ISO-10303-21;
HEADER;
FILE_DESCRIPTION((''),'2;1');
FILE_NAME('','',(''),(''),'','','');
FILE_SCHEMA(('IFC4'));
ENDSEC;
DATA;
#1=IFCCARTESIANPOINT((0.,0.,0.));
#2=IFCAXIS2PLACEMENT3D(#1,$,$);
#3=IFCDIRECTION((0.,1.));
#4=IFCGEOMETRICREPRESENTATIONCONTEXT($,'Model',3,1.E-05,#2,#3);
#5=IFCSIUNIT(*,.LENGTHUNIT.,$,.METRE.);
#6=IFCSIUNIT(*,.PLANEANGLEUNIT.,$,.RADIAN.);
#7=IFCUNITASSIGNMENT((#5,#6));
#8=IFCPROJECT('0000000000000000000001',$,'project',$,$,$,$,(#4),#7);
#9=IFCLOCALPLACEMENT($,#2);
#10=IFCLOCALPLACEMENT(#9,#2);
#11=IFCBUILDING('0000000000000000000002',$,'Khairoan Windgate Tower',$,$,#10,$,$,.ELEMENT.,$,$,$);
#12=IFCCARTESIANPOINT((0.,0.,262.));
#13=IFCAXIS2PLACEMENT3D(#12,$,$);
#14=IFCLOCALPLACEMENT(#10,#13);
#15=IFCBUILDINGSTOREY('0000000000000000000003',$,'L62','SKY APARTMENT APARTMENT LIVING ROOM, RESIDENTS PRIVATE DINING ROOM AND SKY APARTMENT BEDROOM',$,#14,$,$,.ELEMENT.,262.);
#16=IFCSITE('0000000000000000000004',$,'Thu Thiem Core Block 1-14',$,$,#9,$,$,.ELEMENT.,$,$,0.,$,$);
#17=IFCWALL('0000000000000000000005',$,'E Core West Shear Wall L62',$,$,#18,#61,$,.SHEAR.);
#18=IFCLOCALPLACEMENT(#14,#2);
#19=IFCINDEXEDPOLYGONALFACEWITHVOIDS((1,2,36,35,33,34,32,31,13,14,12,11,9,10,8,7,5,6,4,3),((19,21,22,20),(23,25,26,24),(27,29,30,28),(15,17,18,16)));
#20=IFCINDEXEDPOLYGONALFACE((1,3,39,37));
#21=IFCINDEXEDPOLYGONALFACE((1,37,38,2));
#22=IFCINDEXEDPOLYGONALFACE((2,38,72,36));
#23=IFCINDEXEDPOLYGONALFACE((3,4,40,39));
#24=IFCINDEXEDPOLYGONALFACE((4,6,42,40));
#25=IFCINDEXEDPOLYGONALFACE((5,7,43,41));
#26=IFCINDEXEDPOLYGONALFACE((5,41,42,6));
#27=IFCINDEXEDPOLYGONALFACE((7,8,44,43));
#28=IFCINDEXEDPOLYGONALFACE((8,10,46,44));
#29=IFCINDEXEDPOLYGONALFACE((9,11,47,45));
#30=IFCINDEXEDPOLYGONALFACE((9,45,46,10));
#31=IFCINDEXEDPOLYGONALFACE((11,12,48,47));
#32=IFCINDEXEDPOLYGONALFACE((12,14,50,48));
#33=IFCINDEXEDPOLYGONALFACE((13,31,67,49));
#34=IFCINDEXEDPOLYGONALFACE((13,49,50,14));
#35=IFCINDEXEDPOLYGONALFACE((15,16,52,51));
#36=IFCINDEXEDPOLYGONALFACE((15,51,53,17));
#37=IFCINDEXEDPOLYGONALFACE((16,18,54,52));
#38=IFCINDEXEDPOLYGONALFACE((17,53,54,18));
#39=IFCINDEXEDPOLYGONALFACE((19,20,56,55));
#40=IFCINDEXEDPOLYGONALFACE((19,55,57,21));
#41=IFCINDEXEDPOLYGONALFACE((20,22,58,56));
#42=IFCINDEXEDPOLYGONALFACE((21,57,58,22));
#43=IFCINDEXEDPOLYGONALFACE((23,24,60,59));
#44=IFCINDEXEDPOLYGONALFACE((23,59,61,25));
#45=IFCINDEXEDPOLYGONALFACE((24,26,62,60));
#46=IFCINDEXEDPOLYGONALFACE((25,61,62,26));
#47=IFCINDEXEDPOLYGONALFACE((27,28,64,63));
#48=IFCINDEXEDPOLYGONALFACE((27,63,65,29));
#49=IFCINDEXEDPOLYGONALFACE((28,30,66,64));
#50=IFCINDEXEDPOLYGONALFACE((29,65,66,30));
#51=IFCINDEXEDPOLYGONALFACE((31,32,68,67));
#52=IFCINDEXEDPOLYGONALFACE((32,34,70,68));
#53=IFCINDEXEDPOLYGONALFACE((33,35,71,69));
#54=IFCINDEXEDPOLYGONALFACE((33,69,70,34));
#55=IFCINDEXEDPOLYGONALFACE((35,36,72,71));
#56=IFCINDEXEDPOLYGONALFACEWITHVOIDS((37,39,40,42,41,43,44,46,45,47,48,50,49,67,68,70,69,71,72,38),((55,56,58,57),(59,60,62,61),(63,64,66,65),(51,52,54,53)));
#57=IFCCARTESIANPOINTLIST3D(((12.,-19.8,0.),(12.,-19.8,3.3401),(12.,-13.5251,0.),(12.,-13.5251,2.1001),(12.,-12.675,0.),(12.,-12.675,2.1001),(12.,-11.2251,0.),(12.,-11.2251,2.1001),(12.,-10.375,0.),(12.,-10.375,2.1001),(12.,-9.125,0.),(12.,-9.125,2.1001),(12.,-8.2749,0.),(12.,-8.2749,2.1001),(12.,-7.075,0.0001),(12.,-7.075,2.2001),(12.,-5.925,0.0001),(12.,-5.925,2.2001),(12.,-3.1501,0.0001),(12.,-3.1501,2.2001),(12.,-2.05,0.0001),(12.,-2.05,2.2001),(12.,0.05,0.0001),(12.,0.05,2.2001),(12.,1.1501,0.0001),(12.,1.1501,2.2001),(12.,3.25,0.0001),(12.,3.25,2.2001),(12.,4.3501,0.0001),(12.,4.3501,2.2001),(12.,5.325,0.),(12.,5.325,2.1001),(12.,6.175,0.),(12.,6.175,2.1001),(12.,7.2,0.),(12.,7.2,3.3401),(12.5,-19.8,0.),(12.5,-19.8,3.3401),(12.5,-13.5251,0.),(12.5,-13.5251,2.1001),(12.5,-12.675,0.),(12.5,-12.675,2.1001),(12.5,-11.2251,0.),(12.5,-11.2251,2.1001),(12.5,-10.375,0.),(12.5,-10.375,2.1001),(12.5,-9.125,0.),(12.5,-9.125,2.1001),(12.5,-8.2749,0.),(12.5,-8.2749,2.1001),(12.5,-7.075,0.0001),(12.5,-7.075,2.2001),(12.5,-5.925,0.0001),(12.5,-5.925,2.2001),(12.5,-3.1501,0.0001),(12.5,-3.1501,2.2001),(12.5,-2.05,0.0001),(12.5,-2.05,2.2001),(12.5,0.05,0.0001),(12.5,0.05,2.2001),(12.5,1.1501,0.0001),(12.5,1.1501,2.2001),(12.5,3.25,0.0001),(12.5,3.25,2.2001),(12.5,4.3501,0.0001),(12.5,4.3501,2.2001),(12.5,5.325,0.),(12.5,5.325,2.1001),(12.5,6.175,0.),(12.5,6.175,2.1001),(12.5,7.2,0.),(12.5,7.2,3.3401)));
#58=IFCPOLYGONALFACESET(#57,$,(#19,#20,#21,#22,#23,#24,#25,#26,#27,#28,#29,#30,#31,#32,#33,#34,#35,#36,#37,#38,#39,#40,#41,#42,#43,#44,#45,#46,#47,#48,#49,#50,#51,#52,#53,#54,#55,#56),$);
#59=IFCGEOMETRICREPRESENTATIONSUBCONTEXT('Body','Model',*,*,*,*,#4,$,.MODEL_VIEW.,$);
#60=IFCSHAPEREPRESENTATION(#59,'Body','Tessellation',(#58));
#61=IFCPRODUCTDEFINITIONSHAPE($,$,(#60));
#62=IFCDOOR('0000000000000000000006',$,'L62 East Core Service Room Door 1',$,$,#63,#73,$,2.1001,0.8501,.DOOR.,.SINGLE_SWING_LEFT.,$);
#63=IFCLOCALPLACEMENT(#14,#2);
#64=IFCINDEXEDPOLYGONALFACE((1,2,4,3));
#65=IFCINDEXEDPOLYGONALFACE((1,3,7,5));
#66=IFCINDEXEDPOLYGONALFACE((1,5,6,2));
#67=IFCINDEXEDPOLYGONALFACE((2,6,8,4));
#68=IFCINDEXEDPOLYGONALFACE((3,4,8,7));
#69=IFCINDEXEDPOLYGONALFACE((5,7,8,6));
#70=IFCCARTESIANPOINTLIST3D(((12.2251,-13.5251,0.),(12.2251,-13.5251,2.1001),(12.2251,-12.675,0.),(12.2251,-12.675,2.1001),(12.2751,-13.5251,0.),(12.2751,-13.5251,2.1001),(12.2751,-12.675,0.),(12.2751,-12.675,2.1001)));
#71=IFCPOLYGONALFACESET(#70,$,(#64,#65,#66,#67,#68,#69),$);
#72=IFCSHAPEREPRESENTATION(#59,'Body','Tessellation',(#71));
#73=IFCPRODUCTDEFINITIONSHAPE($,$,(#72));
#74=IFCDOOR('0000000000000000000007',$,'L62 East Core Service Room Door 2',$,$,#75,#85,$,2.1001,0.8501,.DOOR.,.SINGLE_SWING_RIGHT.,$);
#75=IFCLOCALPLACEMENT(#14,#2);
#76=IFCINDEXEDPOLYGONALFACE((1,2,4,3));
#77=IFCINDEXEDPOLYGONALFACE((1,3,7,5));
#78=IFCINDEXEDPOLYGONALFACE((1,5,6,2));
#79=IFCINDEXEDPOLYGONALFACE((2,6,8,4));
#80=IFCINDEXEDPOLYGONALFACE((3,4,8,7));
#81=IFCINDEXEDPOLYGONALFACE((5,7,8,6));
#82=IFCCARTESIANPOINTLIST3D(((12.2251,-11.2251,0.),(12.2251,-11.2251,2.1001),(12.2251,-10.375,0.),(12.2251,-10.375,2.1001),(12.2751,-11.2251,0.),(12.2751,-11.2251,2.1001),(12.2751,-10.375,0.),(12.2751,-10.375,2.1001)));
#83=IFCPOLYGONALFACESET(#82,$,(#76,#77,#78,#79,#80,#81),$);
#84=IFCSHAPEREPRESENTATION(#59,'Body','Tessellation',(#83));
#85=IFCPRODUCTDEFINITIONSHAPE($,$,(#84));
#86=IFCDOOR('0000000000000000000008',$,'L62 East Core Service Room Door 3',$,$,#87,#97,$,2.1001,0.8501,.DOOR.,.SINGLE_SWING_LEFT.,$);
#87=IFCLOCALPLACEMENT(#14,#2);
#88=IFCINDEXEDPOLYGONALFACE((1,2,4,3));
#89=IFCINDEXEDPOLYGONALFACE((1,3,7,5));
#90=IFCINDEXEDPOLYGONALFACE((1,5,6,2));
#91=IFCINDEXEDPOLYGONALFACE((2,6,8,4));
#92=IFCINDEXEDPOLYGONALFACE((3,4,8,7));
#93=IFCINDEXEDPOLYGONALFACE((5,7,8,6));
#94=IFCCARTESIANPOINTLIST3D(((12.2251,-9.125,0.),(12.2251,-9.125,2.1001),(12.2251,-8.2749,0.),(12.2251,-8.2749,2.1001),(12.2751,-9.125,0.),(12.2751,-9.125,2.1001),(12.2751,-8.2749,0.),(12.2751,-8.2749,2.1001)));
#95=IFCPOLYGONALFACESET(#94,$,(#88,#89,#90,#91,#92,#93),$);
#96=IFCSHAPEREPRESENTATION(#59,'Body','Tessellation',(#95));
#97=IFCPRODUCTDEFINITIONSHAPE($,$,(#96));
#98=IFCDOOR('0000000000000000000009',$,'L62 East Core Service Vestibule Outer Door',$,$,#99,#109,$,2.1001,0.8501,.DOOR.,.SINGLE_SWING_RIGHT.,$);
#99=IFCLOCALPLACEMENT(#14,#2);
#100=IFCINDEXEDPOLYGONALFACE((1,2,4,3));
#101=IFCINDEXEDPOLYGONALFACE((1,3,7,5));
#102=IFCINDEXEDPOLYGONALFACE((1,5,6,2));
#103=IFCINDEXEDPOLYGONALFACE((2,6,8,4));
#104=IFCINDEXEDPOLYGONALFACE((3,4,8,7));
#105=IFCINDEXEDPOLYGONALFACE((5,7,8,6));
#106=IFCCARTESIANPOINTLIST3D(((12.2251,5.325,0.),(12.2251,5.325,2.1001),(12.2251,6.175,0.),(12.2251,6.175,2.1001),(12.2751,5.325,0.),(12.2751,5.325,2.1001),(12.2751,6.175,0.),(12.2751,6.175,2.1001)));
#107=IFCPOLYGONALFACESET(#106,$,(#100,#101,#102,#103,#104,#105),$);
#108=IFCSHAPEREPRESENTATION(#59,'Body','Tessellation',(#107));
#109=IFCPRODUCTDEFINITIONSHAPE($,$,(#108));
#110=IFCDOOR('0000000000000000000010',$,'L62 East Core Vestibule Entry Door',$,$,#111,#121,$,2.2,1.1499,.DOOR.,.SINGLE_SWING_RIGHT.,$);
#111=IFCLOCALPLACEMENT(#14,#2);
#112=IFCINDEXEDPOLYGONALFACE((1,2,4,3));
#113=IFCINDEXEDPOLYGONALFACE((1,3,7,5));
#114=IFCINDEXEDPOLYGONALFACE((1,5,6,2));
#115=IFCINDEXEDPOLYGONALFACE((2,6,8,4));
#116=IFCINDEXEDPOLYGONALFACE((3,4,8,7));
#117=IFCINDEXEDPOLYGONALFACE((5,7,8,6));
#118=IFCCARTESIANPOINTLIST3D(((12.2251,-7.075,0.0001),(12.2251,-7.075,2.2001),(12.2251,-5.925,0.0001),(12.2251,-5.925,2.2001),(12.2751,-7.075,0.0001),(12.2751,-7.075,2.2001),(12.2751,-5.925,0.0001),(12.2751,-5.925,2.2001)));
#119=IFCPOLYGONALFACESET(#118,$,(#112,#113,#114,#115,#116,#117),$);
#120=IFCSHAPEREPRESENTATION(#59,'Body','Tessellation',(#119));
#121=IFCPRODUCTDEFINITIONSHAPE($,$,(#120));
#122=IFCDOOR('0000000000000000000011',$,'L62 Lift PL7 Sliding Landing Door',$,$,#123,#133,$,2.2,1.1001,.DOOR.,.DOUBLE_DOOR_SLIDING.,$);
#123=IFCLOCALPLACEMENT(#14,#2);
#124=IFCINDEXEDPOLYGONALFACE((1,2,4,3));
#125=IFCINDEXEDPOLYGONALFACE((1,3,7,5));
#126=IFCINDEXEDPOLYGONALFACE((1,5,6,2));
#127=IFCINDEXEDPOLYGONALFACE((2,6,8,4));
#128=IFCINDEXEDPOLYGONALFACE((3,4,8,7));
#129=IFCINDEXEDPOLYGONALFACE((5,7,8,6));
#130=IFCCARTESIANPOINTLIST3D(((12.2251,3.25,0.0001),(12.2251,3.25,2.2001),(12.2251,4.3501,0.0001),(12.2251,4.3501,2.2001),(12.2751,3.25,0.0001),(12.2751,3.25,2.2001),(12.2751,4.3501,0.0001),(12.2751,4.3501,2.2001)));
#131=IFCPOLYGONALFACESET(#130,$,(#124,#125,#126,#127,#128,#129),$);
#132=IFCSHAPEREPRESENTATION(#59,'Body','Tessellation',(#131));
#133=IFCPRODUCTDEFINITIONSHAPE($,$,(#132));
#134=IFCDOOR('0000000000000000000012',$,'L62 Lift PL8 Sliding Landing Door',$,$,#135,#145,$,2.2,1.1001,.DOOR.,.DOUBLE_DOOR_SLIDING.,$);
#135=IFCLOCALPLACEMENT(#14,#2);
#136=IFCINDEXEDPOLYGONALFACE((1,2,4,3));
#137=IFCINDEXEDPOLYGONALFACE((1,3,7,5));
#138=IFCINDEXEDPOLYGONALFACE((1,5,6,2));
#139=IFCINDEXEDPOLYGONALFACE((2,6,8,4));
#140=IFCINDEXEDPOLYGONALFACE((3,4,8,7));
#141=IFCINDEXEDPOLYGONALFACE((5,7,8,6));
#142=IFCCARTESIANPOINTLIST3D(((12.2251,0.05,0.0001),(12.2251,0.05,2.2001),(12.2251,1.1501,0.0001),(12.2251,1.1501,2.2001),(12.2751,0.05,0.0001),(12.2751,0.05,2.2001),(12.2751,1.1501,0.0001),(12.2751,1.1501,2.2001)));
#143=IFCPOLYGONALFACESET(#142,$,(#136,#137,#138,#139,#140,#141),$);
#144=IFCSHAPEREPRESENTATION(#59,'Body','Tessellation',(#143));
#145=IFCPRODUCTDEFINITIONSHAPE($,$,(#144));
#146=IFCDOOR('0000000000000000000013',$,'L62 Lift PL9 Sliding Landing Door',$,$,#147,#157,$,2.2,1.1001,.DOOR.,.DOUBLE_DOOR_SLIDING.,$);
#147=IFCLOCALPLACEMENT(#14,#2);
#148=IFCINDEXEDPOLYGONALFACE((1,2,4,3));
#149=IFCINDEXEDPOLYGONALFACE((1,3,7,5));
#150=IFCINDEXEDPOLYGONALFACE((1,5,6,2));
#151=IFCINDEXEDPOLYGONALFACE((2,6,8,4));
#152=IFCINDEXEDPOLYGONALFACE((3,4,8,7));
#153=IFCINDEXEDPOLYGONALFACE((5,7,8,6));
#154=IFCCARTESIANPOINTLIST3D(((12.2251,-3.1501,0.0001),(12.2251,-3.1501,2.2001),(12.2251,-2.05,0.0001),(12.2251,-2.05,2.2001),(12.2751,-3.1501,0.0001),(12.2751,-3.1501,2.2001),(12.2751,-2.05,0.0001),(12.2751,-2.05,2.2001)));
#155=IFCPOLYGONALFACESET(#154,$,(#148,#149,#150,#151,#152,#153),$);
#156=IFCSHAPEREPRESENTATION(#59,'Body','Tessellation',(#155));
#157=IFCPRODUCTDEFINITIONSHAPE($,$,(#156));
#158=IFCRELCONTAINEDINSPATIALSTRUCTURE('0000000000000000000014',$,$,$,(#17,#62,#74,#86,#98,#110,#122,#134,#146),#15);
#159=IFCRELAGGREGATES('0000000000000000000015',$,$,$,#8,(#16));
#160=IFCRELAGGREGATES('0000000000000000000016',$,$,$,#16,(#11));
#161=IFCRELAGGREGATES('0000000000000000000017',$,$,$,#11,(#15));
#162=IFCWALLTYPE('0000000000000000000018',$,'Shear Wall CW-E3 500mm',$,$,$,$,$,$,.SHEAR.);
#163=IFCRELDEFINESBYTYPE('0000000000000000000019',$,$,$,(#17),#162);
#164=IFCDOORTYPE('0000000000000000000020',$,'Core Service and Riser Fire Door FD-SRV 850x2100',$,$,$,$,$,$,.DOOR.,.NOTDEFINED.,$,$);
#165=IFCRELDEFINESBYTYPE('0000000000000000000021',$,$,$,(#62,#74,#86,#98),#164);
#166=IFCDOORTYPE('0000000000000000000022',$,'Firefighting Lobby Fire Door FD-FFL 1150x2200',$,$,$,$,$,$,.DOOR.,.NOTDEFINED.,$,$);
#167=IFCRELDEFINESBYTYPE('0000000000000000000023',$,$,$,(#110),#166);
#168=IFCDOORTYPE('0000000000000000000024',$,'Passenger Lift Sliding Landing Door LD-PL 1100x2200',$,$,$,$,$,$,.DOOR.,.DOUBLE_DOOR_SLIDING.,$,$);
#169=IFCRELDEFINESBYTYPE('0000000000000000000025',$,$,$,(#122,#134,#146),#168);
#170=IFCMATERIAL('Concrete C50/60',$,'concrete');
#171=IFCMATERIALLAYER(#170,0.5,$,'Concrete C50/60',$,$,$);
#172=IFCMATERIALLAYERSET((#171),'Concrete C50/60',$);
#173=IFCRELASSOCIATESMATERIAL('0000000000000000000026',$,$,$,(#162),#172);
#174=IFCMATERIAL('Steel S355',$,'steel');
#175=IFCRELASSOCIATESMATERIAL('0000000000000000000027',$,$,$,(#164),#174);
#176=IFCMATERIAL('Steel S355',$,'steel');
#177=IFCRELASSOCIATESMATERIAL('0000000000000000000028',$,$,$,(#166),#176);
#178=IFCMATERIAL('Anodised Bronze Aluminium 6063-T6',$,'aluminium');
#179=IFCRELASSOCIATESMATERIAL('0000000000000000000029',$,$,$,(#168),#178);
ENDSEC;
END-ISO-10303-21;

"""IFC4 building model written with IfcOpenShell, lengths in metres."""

from ifc_helpers import new_model, si_unit, direction, frame, frame_2d, origin, place, context, subcontext, project, spatial, rectangle, extrude, material, layer, layer_set, type_object, element, fill, save


model = new_model("IFC4")

# Units and contexts
model_context = context("Model", 3, precision=1e-05, world=origin(), true_north=direction((0.0, 1.0)))
body_context = subcontext(model_context, "Body", "Model", "MODEL_VIEW")
ifc_project = project(units=[si_unit("LENGTHUNIT", "METRE"), si_unit("PLANEANGLEUNIT", "RADIAN")], contexts=[model_context])

# Site, building, storey
site_placement = place(None, origin())
site = spatial("IfcSite", under=ifc_project, at=site_placement, Name="Thu Thiem Core Block 1-14", CompositionType="ELEMENT", RefElevation=0.0)
building_placement = place(site_placement, origin())
building = spatial("IfcBuilding", under=site, at=building_placement, Name="Khairoan Windgate Tower", CompositionType="ELEMENT")
storey_placement = place(building_placement, frame((0.0, 0.0, 262.0)))
storey = spatial("IfcBuildingStorey", under=building, at=storey_placement, Name="L62", Description="SKY APARTMENT APARTMENT LIVING ROOM, RESIDENTS PRIVATE DINING ROOM AND SKY APARTMENT BEDROOM", CompositionType="ELEMENT", Elevation=262.0)

# Wall, openings, doors
ifc_material_1 = material(Name="Concrete C50/60", Category="concrete")
ifc_layer_1 = layer(ifc_material_1, 0.5, Name="Concrete C50/60")
ifc_layer_set_1 = layer_set([ifc_layer_1], Name="Concrete C50/60")
wall_type_1 = type_object("IfcWallType", Name="Shear Wall CW-E3 500mm", PredefinedType="SHEAR", material=ifc_layer_set_1)
wall_1_placement = place(storey_placement, frame((12.25, -19.8, 0.0), z_axis=(0.0, 0.0, 1.0), x_axis=(0.0, 1.0, 0.0)))
wall_1 = element("IfcWall", 1, at=wall_1_placement, inside=storey, type_object=wall_type_1, Name="E Core West Shear Wall L62", PredefinedType="SHEAR", context=body_context, shape_type="SweptSolid", body=[
    extrude(rectangle(XDim=27.0, YDim=0.5, at=frame_2d((13.5, 0.0))), origin(), (0.0, 0.0, 1.0), 3.3401),
])
opening_1_placement = place(wall_1_placement, frame((23.05, 0.0, 0.0)))
opening_1 = element("IfcOpeningElement", 2, at=opening_1_placement, cuts=wall_1, PredefinedType="OPENING", context=body_context, shape_type="SweptSolid", body=[
    extrude(rectangle(XDim=1.1001, YDim=2.2, at=frame_2d((0.55, 1.1001))), frame((0.0, 0.26, 0.0), z_axis=(0.0, -1.0, 0.0), x_axis=(1.0, 0.0, 0.0)), (0.0, 0.0, 1.0), 0.52),
])
opening_2_placement = place(wall_1_placement, frame((19.8501, 0.0, 0.0)))
opening_2 = element("IfcOpeningElement", 3, at=opening_2_placement, cuts=wall_1, PredefinedType="OPENING", context=body_context, shape_type="SweptSolid", body=[
    extrude(rectangle(XDim=1.1001, YDim=2.2, at=frame_2d((0.55, 1.1001))), frame((0.0, 0.26, 0.0), z_axis=(0.0, -1.0, 0.0), x_axis=(1.0, 0.0, 0.0)), (0.0, 0.0, 1.0), 0.52),
])
opening_3_placement = place(wall_1_placement, frame((16.6499, 0.0, 0.0)))
opening_3 = element("IfcOpeningElement", 4, at=opening_3_placement, cuts=wall_1, PredefinedType="OPENING", context=body_context, shape_type="SweptSolid", body=[
    extrude(rectangle(XDim=1.1001, YDim=2.2, at=frame_2d((0.55, 1.1001))), frame((0.0, 0.26, 0.0), z_axis=(0.0, -1.0, 0.0), x_axis=(1.0, 0.0, 0.0)), (0.0, 0.0, 1.0), 0.52),
])
opening_4_placement = place(wall_1_placement, frame((6.2749, 0.0, 0.0)))
opening_4 = element("IfcOpeningElement", 5, at=opening_4_placement, cuts=wall_1, PredefinedType="OPENING", context=body_context, shape_type="SweptSolid", body=[
    extrude(rectangle(XDim=0.8501, YDim=2.1001, at=frame_2d((0.425, 1.05))), frame((0.0, 0.26, 0.0), z_axis=(0.0, -1.0, 0.0), x_axis=(1.0, 0.0, 0.0)), (0.0, 0.0, 1.0), 0.52),
])
opening_5_placement = place(wall_1_placement, frame((8.575, 0.0, 0.0)))
opening_5 = element("IfcOpeningElement", 6, at=opening_5_placement, cuts=wall_1, PredefinedType="OPENING", context=body_context, shape_type="SweptSolid", body=[
    extrude(rectangle(XDim=0.8501, YDim=2.1001, at=frame_2d((0.425, 1.05))), frame((0.0, 0.26, 0.0), z_axis=(0.0, -1.0, 0.0), x_axis=(1.0, 0.0, 0.0)), (0.0, 0.0, 1.0), 0.52),
])
opening_6_placement = place(wall_1_placement, frame((10.675, 0.0, 0.0)))
opening_6 = element("IfcOpeningElement", 7, at=opening_6_placement, cuts=wall_1, PredefinedType="OPENING", context=body_context, shape_type="SweptSolid", body=[
    extrude(rectangle(XDim=0.8501, YDim=2.1001, at=frame_2d((0.425, 1.05))), frame((0.0, 0.26, 0.0), z_axis=(0.0, -1.0, 0.0), x_axis=(1.0, 0.0, 0.0)), (0.0, 0.0, 1.0), 0.52),
])
opening_7_placement = place(wall_1_placement, frame((12.7251, 0.0, 0.0)))
opening_7 = element("IfcOpeningElement", 8, at=opening_7_placement, cuts=wall_1, PredefinedType="OPENING", context=body_context, shape_type="SweptSolid", body=[
    extrude(rectangle(XDim=1.1499, YDim=2.2, at=frame_2d((0.575, 1.1001))), frame((0.0, 0.26, 0.0), z_axis=(0.0, -1.0, 0.0), x_axis=(1.0, 0.0, 0.0)), (0.0, 0.0, 1.0), 0.52),
])
opening_8_placement = place(wall_1_placement, frame((25.125, 0.0, 0.0)))
opening_8 = element("IfcOpeningElement", 9, at=opening_8_placement, cuts=wall_1, PredefinedType="OPENING", context=body_context, shape_type="SweptSolid", body=[
    extrude(rectangle(XDim=0.8501, YDim=2.1001, at=frame_2d((0.425, 1.05))), frame((0.0, 0.26, 0.0), z_axis=(0.0, -1.0, 0.0), x_axis=(1.0, 0.0, 0.0)), (0.0, 0.0, 1.0), 0.52),
])
ifc_material_2 = material(Name="Steel S355", Category="steel")
door_type_1 = type_object("IfcDoorType", Name="Core Service and Riser Fire Door FD-SRV 850x2100", OperationType="NOTDEFINED", PredefinedType="DOOR", material=ifc_material_2)
door_1_placement = place(opening_4_placement, origin())
door_1 = element("IfcDoor", 10, at=door_1_placement, inside=storey, type_object=door_type_1, Name="L62 East Core Service Room Door 1", OperationType="SINGLE_SWING_LEFT", OverallHeight=2.1001, OverallWidth=0.8501, PredefinedType="DOOR", context=body_context, shape_type="SweptSolid", body=[
    extrude(rectangle(XDim=0.8501, YDim=2.1001, at=frame_2d((0.425, 1.05))), frame((0.0, 0.0249, 0.0), z_axis=(0.0, -1.0, 0.0), x_axis=(1.0, 0.0, 0.0)), (0.0, 0.0, 1.0), 0.05),
])
fill(opening_4, door_1)
door_2_placement = place(opening_5_placement, origin())
door_2 = element("IfcDoor", 11, at=door_2_placement, inside=storey, type_object=door_type_1, Name="L62 East Core Service Room Door 2", OperationType="SINGLE_SWING_RIGHT", OverallHeight=2.1001, OverallWidth=0.8501, PredefinedType="DOOR", context=body_context, shape_type="SweptSolid", body=[
    extrude(rectangle(XDim=0.8501, YDim=2.1001, at=frame_2d((0.425, 1.05))), frame((0.0, 0.0249, 0.0), z_axis=(0.0, -1.0, 0.0), x_axis=(1.0, 0.0, 0.0)), (0.0, 0.0, 1.0), 0.05),
])
fill(opening_5, door_2)
door_3_placement = place(opening_6_placement, origin())
door_3 = element("IfcDoor", 12, at=door_3_placement, inside=storey, type_object=door_type_1, Name="L62 East Core Service Room Door 3", OperationType="SINGLE_SWING_LEFT", OverallHeight=2.1001, OverallWidth=0.8501, PredefinedType="DOOR", context=body_context, shape_type="SweptSolid", body=[
    extrude(rectangle(XDim=0.8501, YDim=2.1001, at=frame_2d((0.425, 1.05))), frame((0.0, 0.0249, 0.0), z_axis=(0.0, -1.0, 0.0), x_axis=(1.0, 0.0, 0.0)), (0.0, 0.0, 1.0), 0.05),
])
fill(opening_6, door_3)
door_4_placement = place(opening_8_placement, origin())
door_4 = element("IfcDoor", 13, at=door_4_placement, inside=storey, type_object=door_type_1, Name="L62 East Core Service Vestibule Outer Door", OperationType="SINGLE_SWING_RIGHT", OverallHeight=2.1001, OverallWidth=0.8501, PredefinedType="DOOR", context=body_context, shape_type="SweptSolid", body=[
    extrude(rectangle(XDim=0.8501, YDim=2.1001, at=frame_2d((0.425, 1.05))), frame((0.0, 0.0249, 0.0), z_axis=(0.0, -1.0, 0.0), x_axis=(1.0, 0.0, 0.0)), (0.0, 0.0, 1.0), 0.05),
])
fill(opening_8, door_4)
ifc_material_3 = material(Name="Steel S355", Category="steel")
door_type_2 = type_object("IfcDoorType", Name="Firefighting Lobby Fire Door FD-FFL 1150x2200", OperationType="NOTDEFINED", PredefinedType="DOOR", material=ifc_material_3)
door_5_placement = place(opening_7_placement, origin())
door_5 = element("IfcDoor", 14, at=door_5_placement, inside=storey, type_object=door_type_2, Name="L62 East Core Vestibule Entry Door", OperationType="SINGLE_SWING_RIGHT", OverallHeight=2.2, OverallWidth=1.1499, PredefinedType="DOOR", context=body_context, shape_type="SweptSolid", body=[
    extrude(rectangle(XDim=1.1499, YDim=2.2, at=frame_2d((0.575, 1.1001))), frame((0.0, 0.0249, 0.0), z_axis=(0.0, -1.0, 0.0), x_axis=(1.0, 0.0, 0.0)), (0.0, 0.0, 1.0), 0.05),
])
fill(opening_7, door_5)
ifc_material_4 = material(Name="Anodised Bronze Aluminium 6063-T6", Category="aluminium")
door_type_3 = type_object("IfcDoorType", Name="Passenger Lift Sliding Landing Door LD-PL 1100x2200", OperationType="DOUBLE_DOOR_SLIDING", PredefinedType="DOOR", material=ifc_material_4)
door_6_placement = place(opening_1_placement, origin())
door_6 = element("IfcDoor", 15, at=door_6_placement, inside=storey, type_object=door_type_3, Name="L62 Lift PL7 Sliding Landing Door", OperationType="DOUBLE_DOOR_SLIDING", OverallHeight=2.2, OverallWidth=1.1001, PredefinedType="DOOR", context=body_context, shape_type="SweptSolid", body=[
    extrude(rectangle(XDim=1.1001, YDim=2.2, at=frame_2d((0.55, 1.1001))), frame((0.0, 0.0249, 0.0), z_axis=(0.0, -1.0, 0.0), x_axis=(1.0, 0.0, 0.0)), (0.0, 0.0, 1.0), 0.05),
])
fill(opening_1, door_6)
door_7_placement = place(opening_2_placement, origin())
door_7 = element("IfcDoor", 16, at=door_7_placement, inside=storey, type_object=door_type_3, Name="L62 Lift PL8 Sliding Landing Door", OperationType="DOUBLE_DOOR_SLIDING", OverallHeight=2.2, OverallWidth=1.1001, PredefinedType="DOOR", context=body_context, shape_type="SweptSolid", body=[
    extrude(rectangle(XDim=1.1001, YDim=2.2, at=frame_2d((0.55, 1.1001))), frame((0.0, 0.0249, 0.0), z_axis=(0.0, -1.0, 0.0), x_axis=(1.0, 0.0, 0.0)), (0.0, 0.0, 1.0), 0.05),
])
fill(opening_2, door_7)
door_8_placement = place(opening_3_placement, origin())
door_8 = element("IfcDoor", 17, at=door_8_placement, inside=storey, type_object=door_type_3, Name="L62 Lift PL9 Sliding Landing Door", OperationType="DOUBLE_DOOR_SLIDING", OverallHeight=2.2, OverallWidth=1.1001, PredefinedType="DOOR", context=body_context, shape_type="SweptSolid", body=[
    extrude(rectangle(XDim=1.1001, YDim=2.2, at=frame_2d((0.55, 1.1001))), frame((0.0, 0.0249, 0.0), z_axis=(0.0, -1.0, 0.0), x_axis=(1.0, 0.0, 0.0)), (0.0, 0.0, 1.0), 0.05),
])
fill(opening_3, door_8)

save(model, "model.ifc")
